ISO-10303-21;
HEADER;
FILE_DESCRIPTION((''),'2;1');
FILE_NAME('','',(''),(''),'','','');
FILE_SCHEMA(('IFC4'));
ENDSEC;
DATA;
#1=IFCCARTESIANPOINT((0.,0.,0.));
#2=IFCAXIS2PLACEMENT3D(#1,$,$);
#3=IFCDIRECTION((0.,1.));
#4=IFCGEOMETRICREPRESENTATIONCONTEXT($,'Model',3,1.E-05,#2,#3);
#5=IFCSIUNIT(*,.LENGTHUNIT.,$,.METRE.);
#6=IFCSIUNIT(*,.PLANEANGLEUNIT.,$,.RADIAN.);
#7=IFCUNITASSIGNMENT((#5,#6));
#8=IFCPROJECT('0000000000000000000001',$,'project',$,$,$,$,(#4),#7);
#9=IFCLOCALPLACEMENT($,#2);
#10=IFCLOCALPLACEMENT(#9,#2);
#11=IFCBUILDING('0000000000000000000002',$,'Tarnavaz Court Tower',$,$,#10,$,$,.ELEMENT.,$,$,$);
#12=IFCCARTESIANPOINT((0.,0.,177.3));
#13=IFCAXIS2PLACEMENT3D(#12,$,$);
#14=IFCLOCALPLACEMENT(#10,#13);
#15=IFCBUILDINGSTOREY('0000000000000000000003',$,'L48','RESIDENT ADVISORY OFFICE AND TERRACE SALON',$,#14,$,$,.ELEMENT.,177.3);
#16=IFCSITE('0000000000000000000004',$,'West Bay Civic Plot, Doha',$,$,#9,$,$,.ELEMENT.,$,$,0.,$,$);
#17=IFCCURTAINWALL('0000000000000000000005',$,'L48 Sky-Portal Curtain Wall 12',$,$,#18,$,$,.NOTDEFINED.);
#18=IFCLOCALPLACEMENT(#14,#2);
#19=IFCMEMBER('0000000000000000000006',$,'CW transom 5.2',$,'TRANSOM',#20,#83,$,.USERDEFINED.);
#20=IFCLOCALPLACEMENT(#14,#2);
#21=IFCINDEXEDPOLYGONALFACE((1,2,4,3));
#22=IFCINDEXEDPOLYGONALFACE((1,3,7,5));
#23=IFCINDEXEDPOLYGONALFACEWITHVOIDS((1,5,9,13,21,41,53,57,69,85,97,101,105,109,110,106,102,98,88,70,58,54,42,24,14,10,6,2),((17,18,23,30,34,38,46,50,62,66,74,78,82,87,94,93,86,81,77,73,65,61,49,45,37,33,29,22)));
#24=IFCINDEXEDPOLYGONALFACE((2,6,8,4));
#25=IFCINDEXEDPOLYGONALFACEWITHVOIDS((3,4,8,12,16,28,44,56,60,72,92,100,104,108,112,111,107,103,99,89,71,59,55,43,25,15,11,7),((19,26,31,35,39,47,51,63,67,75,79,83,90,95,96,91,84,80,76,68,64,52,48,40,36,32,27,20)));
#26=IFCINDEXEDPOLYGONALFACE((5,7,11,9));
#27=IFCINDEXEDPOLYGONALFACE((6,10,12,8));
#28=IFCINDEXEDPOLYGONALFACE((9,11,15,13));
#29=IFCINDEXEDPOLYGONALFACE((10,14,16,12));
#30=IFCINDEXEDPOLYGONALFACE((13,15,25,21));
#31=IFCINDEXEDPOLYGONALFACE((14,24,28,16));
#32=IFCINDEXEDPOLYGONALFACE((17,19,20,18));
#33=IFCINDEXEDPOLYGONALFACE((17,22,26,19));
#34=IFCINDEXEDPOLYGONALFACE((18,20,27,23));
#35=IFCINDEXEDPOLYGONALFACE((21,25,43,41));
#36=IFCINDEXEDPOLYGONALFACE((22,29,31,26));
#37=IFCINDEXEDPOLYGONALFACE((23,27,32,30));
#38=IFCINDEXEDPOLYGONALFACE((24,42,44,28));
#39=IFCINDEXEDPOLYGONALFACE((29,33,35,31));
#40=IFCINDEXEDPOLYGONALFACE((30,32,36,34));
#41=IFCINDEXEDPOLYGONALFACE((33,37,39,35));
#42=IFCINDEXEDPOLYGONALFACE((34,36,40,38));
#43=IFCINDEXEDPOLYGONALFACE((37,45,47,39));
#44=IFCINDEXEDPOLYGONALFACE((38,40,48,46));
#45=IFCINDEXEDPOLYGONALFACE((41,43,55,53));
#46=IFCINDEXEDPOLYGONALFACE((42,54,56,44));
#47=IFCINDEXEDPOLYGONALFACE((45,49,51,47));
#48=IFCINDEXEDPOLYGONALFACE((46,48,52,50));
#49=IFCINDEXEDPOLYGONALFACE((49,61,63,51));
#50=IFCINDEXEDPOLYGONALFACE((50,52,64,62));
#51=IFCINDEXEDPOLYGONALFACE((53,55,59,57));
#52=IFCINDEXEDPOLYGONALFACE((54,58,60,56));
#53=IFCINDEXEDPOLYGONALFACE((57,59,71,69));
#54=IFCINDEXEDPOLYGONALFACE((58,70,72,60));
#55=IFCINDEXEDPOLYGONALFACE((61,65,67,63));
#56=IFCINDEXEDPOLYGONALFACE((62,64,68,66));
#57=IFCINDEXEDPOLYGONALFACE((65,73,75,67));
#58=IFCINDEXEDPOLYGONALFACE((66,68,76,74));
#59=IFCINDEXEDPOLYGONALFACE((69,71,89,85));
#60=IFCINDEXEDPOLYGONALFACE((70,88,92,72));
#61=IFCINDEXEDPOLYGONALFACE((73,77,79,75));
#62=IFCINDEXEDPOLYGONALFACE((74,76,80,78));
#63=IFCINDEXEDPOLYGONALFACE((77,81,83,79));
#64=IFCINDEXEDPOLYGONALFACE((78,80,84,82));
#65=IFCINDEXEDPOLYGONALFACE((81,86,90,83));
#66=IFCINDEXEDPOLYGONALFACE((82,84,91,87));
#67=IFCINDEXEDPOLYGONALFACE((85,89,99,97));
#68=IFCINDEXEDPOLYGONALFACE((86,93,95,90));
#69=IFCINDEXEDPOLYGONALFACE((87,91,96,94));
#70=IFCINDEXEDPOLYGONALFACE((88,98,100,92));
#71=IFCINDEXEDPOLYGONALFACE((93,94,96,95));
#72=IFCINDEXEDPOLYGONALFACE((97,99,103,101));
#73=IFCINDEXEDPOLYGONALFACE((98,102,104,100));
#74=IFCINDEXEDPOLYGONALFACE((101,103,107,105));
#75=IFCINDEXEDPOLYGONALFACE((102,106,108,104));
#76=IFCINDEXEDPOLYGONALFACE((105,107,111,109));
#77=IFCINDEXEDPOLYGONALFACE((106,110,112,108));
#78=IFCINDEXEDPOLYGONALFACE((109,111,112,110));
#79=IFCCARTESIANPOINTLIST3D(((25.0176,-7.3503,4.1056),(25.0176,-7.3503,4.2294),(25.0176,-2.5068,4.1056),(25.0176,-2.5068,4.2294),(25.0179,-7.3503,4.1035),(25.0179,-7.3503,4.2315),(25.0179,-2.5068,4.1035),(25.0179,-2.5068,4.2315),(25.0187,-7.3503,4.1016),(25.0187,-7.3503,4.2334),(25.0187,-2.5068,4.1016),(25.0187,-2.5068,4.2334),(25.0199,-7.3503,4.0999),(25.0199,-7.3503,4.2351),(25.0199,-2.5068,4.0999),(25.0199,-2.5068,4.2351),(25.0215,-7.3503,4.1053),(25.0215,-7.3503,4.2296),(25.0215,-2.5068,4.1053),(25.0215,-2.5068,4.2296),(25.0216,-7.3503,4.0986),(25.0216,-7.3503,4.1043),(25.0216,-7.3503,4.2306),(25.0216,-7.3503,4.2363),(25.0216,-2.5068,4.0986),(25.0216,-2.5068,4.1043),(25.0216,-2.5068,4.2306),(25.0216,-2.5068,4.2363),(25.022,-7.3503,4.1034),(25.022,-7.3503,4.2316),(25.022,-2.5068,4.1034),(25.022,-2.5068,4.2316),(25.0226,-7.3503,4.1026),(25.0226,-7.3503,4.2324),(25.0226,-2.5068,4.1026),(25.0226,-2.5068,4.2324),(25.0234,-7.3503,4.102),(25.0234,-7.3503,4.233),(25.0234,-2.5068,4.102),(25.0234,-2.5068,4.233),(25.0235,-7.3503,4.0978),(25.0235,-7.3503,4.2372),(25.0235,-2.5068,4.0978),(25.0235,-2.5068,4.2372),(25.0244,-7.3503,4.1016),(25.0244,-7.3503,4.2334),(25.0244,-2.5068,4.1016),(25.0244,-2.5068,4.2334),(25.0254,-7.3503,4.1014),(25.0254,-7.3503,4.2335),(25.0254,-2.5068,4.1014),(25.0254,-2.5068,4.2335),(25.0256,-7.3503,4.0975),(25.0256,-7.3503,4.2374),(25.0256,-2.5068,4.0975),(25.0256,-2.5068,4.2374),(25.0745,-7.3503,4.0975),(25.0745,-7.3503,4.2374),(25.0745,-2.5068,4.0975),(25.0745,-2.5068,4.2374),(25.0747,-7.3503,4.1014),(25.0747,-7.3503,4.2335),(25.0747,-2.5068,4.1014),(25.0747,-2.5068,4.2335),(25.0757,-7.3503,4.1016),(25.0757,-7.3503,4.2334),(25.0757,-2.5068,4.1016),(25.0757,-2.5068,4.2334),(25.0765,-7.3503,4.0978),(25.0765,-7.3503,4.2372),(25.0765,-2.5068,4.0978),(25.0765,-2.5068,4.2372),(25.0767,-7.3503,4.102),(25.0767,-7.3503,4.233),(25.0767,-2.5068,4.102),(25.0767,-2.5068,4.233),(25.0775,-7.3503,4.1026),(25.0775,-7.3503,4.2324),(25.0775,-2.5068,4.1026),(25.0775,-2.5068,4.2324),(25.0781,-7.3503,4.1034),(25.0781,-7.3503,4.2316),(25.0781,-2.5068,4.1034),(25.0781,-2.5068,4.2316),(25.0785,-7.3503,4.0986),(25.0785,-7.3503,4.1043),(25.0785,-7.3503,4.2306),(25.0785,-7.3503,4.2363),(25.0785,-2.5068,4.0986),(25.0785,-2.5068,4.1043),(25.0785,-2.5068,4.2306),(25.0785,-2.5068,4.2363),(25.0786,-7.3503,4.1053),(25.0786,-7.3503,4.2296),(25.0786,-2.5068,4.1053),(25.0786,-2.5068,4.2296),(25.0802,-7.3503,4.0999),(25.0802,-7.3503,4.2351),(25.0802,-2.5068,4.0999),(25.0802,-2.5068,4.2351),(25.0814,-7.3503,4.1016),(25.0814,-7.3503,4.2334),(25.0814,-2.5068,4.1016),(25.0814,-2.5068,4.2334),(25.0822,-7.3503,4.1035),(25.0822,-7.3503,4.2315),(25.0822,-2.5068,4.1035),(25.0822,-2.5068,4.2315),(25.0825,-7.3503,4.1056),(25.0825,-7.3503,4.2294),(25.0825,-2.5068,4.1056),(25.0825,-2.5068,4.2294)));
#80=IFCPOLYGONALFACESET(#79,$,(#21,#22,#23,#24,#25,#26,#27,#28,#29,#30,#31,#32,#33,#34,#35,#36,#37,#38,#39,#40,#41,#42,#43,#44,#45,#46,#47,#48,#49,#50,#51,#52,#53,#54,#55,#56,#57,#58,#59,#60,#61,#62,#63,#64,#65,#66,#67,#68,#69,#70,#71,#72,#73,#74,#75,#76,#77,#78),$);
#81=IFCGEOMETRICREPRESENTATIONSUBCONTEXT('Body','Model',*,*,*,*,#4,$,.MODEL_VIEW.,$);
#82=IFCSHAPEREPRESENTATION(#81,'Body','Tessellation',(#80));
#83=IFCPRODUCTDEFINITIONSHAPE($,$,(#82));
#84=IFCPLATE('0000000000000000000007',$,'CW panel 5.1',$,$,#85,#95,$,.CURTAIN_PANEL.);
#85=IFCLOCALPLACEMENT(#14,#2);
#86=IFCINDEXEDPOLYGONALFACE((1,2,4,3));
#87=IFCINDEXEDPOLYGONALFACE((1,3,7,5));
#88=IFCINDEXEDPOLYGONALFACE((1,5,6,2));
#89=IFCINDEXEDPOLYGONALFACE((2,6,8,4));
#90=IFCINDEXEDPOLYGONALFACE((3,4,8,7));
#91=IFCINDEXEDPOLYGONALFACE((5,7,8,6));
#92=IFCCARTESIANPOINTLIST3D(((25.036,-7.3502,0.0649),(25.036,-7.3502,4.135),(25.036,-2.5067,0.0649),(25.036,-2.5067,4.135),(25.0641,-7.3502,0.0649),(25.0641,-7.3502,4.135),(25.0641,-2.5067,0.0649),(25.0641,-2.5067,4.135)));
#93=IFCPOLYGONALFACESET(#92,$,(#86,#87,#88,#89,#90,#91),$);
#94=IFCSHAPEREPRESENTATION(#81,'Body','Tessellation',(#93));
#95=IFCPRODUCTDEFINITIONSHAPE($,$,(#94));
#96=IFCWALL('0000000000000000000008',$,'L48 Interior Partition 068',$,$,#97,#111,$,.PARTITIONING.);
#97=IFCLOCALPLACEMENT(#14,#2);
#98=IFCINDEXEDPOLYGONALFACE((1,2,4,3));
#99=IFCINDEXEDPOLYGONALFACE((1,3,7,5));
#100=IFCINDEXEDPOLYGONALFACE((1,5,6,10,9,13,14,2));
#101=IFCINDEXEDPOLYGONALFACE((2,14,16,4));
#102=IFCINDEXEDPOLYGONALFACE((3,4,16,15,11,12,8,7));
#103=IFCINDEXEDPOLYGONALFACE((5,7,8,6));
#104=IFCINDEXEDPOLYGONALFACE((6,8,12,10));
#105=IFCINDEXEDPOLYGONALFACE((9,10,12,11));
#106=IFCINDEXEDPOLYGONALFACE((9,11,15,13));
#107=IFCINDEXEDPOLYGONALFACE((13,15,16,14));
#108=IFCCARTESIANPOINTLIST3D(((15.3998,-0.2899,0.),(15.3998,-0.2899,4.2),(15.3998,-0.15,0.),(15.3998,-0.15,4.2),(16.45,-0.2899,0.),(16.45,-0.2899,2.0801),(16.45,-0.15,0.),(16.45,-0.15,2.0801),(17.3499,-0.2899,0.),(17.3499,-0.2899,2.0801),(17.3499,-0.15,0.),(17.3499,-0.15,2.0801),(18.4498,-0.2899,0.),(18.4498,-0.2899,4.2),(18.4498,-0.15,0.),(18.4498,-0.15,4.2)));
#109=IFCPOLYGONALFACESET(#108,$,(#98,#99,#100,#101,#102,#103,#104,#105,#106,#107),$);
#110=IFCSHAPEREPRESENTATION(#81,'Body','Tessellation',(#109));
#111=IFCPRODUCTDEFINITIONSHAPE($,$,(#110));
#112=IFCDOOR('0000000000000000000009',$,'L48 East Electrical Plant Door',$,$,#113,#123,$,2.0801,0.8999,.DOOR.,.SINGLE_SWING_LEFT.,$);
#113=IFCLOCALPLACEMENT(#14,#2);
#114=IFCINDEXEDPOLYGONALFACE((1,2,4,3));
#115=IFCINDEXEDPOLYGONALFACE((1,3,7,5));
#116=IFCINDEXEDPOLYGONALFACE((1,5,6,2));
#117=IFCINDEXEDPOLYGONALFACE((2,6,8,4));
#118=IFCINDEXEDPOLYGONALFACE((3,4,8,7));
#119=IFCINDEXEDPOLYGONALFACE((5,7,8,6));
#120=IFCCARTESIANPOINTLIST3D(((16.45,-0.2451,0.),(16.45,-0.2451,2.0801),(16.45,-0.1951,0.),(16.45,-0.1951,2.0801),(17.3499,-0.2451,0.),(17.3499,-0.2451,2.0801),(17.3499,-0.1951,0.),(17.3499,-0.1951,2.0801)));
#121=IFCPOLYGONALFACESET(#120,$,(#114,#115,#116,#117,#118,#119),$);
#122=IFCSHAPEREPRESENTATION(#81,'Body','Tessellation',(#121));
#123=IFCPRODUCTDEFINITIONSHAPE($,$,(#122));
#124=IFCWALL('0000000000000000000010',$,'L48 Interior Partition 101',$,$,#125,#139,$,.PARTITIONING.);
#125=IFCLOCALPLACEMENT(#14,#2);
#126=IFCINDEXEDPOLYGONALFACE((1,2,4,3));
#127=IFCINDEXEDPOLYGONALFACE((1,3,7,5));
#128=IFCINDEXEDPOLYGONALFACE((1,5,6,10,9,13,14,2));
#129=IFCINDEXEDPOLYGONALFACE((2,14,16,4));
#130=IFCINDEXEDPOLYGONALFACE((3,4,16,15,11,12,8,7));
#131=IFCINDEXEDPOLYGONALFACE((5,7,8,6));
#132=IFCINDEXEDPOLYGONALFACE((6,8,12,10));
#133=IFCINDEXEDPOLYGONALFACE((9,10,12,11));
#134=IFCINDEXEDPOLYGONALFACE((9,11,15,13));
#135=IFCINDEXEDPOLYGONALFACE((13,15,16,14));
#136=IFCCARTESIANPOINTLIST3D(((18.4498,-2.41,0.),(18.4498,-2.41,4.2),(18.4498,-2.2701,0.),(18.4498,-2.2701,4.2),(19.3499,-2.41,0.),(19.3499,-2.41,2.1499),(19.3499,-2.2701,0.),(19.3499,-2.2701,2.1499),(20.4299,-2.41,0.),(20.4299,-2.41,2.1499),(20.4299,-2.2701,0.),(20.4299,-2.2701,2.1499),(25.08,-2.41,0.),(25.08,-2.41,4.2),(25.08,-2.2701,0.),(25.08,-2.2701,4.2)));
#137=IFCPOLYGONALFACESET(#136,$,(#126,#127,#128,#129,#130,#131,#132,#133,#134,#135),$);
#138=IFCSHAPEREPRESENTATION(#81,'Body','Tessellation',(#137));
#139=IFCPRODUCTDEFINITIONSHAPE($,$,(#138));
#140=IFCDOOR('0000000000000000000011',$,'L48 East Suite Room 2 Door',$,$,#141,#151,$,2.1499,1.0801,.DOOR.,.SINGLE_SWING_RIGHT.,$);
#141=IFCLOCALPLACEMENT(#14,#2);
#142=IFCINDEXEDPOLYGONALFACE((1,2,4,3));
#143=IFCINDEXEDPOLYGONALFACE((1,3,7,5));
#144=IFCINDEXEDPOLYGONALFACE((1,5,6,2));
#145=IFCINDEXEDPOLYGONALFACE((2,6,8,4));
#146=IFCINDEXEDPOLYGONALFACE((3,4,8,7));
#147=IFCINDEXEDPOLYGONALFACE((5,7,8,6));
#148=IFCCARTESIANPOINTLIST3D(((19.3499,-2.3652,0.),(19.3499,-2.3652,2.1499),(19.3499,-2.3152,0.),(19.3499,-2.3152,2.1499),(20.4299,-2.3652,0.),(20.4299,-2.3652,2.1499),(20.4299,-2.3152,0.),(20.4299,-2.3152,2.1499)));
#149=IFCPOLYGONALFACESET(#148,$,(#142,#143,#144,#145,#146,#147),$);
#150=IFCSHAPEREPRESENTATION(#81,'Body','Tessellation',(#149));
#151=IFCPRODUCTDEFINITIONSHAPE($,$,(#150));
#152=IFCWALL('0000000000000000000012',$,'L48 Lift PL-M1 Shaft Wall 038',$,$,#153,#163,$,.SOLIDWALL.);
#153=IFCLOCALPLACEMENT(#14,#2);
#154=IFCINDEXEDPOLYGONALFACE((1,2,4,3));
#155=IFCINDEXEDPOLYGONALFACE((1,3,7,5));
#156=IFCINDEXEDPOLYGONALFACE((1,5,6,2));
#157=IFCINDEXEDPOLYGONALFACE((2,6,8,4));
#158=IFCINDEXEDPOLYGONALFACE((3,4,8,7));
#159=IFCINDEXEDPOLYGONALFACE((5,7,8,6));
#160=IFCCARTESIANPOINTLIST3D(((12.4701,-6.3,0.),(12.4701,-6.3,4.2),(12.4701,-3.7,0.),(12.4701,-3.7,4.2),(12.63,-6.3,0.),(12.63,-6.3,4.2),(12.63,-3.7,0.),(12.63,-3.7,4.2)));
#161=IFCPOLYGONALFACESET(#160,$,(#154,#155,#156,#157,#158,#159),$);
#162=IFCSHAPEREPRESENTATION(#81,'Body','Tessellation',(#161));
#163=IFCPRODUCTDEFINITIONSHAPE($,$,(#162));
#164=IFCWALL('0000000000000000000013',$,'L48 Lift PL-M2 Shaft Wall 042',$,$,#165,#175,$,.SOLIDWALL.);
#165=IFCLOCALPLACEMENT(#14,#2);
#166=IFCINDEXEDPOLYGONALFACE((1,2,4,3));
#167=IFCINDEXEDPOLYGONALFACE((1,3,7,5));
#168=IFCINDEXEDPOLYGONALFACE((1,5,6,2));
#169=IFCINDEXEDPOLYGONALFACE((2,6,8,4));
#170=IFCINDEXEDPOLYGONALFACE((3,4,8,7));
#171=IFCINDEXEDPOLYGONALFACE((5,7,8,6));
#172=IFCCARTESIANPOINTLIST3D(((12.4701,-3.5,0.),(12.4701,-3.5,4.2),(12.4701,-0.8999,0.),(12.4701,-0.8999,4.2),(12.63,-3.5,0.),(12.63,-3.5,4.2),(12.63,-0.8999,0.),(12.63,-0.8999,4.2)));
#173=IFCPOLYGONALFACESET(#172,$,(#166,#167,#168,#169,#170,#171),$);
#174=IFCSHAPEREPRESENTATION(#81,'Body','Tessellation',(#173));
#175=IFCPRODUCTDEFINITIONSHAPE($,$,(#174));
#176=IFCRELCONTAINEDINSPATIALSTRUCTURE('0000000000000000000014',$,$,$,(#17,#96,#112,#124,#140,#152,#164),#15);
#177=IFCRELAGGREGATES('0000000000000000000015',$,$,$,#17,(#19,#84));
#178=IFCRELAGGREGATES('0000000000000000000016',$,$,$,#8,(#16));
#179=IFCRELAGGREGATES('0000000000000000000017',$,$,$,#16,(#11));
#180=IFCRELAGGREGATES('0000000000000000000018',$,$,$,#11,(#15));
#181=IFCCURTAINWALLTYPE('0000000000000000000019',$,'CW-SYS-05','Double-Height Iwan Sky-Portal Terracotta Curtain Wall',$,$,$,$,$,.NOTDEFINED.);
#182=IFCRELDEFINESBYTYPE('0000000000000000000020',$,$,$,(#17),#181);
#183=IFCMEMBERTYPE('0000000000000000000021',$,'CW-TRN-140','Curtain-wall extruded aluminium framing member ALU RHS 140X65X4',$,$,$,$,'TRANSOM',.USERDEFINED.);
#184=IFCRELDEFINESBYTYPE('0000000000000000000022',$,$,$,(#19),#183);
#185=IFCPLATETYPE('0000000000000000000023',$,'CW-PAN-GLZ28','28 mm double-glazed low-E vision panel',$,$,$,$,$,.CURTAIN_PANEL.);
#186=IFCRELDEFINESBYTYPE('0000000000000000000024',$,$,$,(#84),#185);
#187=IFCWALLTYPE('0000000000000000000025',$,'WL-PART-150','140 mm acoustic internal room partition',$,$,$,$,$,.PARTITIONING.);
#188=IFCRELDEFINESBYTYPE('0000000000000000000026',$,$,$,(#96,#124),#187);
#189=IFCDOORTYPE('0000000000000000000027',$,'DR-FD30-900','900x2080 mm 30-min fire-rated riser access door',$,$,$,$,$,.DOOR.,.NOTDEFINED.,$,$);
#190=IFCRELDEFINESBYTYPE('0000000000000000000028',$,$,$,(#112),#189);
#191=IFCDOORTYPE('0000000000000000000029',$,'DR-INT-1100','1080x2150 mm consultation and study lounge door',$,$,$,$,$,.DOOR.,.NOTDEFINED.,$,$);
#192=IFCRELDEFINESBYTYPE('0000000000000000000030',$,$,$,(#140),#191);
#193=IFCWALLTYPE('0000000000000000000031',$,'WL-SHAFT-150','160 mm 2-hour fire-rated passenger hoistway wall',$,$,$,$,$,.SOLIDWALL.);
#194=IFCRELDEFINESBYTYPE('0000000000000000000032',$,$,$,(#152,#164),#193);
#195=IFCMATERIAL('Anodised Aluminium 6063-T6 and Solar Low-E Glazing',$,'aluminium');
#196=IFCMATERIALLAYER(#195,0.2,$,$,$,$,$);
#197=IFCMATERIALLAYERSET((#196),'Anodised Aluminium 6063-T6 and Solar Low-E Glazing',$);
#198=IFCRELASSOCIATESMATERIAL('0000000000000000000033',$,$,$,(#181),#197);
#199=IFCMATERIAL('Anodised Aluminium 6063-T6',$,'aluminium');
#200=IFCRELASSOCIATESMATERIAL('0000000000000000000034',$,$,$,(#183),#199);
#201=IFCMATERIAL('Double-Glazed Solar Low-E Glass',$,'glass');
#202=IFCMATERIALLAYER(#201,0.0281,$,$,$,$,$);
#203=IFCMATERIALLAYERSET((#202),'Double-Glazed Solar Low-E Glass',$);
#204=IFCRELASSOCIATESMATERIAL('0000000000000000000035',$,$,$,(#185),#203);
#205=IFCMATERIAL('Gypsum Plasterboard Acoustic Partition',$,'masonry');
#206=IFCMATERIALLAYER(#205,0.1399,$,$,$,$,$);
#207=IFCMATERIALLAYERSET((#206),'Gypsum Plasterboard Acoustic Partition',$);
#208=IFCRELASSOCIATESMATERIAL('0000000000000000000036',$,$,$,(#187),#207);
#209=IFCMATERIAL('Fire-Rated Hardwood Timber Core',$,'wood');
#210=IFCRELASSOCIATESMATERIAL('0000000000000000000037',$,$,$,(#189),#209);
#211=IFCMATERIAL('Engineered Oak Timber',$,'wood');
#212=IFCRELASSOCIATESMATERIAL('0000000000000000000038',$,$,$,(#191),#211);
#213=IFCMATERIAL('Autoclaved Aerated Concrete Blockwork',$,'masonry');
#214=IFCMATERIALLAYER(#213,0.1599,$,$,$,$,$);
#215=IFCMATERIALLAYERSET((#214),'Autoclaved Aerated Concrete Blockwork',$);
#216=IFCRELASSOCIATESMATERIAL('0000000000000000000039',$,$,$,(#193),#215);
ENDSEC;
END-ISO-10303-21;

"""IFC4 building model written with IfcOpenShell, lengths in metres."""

from ifc_helpers import new_model, si_unit, direction, frame, frame_2d, origin, origin_2d, place, context, subcontext, project, spatial, rectangle, hollow_rectangle, extrude, material, layer, layer_set, material_profile, profile_set, type_object, element, fill, aggregate, save


model = new_model("IFC4")

# Units and contexts
model_context = context("Model", 3, precision=1e-05, world=origin(), true_north=direction((0.0, 1.0)))
body_context = subcontext(model_context, "Body", "Model", "MODEL_VIEW")
ifc_project = project(units=[si_unit("LENGTHUNIT", "METRE"), si_unit("PLANEANGLEUNIT", "RADIAN")], contexts=[model_context])

# Site, building, storey
site_placement = place(None, origin())
site = spatial("IfcSite", under=ifc_project, at=site_placement, Name="West Bay Civic Plot, Doha", CompositionType="ELEMENT", RefElevation=0.0)
building_placement = place(site_placement, origin())
building = spatial("IfcBuilding", under=site, at=building_placement, Name="Tarnavaz Court Tower", CompositionType="ELEMENT")
storey_placement = place(building_placement, frame((0.0, 0.0, 177.3)))
storey = spatial("IfcBuildingStorey", under=building, at=storey_placement, Name="L48", Description="RESIDENT ADVISORY OFFICE AND TERRACE SALON", CompositionType="ELEMENT", Elevation=177.3)

# Curtain wall, member, plate
ifc_material_1 = material(Name="Anodised Aluminium 6063-T6 and Solar Low-E Glazing", Category="aluminium")
ifc_layer_1 = layer(ifc_material_1, 0.2)
ifc_layer_set_1 = layer_set([ifc_layer_1], Name="Anodised Aluminium 6063-T6 and Solar Low-E Glazing")
curtain_wall_type = type_object("IfcCurtainWallType", Name="CW-SYS-05", Description="Double-Height Iwan Sky-Portal Terracotta Curtain Wall", PredefinedType="NOTDEFINED", material=ifc_layer_set_1)
curtain_wall_placement = place(storey_placement, origin())
curtain_wall = element("IfcCurtainWall", 1, at=curtain_wall_placement, inside=storey, type_object=curtain_wall_type, Name="L48 Sky-Portal Curtain Wall 12", PredefinedType="NOTDEFINED")
ifc_material_2 = material(Name="Anodised Aluminium 6063-T6", Category="aluminium")
ifc_material_profile_1 = material_profile(ifc_material_2, hollow_rectangle(XDim=0.0649, YDim=0.1399, WallThickness=0.0039, InnerFilletRadius=0.0039, OuterFilletRadius=0.0081, at=origin_2d()), Name="ALU RHS 140X65X4")
ifc_profile_set_1 = profile_set([ifc_material_profile_1], Name="Anodised Aluminium 6063-T6")
member_type_1 = type_object("IfcMemberType", Name="CW-TRN-140", Description="Curtain-wall extruded aluminium framing member ALU RHS 140X65X4", ElementType="TRANSOM", PredefinedType="USERDEFINED", material=ifc_profile_set_1)
member_1_placement = place(storey_placement, frame((25.05, -2.5068, 4.1675), z_axis=(0.0, -1.0, 0.0), x_axis=(1.0, 0.0, 0.0)))
member_1 = element("IfcMember", 2, at=member_1_placement, type_object=member_type_1, Name="CW transom 5.2", ObjectType="TRANSOM", PredefinedType="USERDEFINED", context=body_context, shape_type="SweptSolid", body=[
    extrude(hollow_rectangle(XDim=0.0649, YDim=0.1399, WallThickness=0.0039, InnerFilletRadius=0.0039, OuterFilletRadius=0.0081, at=origin_2d()), origin(), (0.0, 0.0, 1.0), 4.8435),
])
ifc_material_3 = material(Name="Double-Glazed Solar Low-E Glass", Category="glass")
ifc_layer_2 = layer(ifc_material_3, 0.0281)
ifc_layer_set_2 = layer_set([ifc_layer_2], Name="Double-Glazed Solar Low-E Glass")
plate_type = type_object("IfcPlateType", Name="CW-PAN-GLZ28", Description="28 mm double-glazed low-E vision panel", PredefinedType="CURTAIN_PANEL", material=ifc_layer_set_2)
plate_placement = place(storey_placement, frame((25.05, -4.9285, 0.0649), z_axis=(0.0, 0.0, 1.0), x_axis=(0.0, -1.0, 0.0)))
plate = element("IfcPlate", 3, at=plate_placement, type_object=plate_type, Name="CW panel 5.1", PredefinedType="CURTAIN_PANEL", context=body_context, shape_type="SweptSolid", body=[
    extrude(rectangle(XDim=4.8435, YDim=0.0281, at=origin_2d()), origin(), (0.0, 0.0, 1.0), 4.0701),
])
aggregate(curtain_wall, [member_1, plate])

# Walls, openings, doors
ifc_material_4 = material(Name="Gypsum Plasterboard Acoustic Partition", Category="masonry")
ifc_layer_3 = layer(ifc_material_4, 0.1399)
ifc_layer_set_3 = layer_set([ifc_layer_3], Name="Gypsum Plasterboard Acoustic Partition")
wall_type_1 = type_object("IfcWallType", Name="WL-PART-150", Description="140 mm acoustic internal room partition", PredefinedType="PARTITIONING", material=ifc_layer_set_3)
wall_1_placement = place(storey_placement, frame((15.3999, -0.22, 0.0), z_axis=(0.0, 0.0, 1.0), x_axis=(1.0, 0.0, 0.0)))
wall_1 = element("IfcWall", 4, at=wall_1_placement, inside=storey, type_object=wall_type_1, Name="L48 Interior Partition 068", PredefinedType="PARTITIONING", context=body_context, shape_type="SweptSolid", body=[
    extrude(rectangle(XDim=3.05, YDim=0.1399, at=frame_2d((1.5249, 0.0))), origin(), (0.0, 0.0, 1.0), 4.2),
])
opening_1_placement = place(wall_1_placement, frame((1.05, 0.0, 0.0)))
opening_1 = element("IfcOpeningElement", 5, at=opening_1_placement, cuts=wall_1, PredefinedType="OPENING", context=body_context, shape_type="SweptSolid", body=[
    extrude(rectangle(XDim=0.8999, YDim=2.0801, at=frame_2d((0.45, 1.04))), frame((0.0, 0.0798, 0.0), z_axis=(0.0, -1.0, 0.0), x_axis=(1.0, 0.0, 0.0)), (0.0, 0.0, 1.0), 0.1599),
])
ifc_material_5 = material(Name="Fire-Rated Hardwood Timber Core", Category="wood")
door_type_1 = type_object("IfcDoorType", Name="DR-FD30-900", Description="900x2080 mm 30-min fire-rated riser access door", OperationType="NOTDEFINED", PredefinedType="DOOR", material=ifc_material_5)
door_1_placement = place(opening_1_placement, origin())
door_1 = element("IfcDoor", 6, at=door_1_placement, inside=storey, type_object=door_type_1, Name="L48 East Electrical Plant Door", OperationType="SINGLE_SWING_LEFT", OverallHeight=2.0801, OverallWidth=0.8999, PredefinedType="DOOR", context=body_context, shape_type="SweptSolid", body=[
    extrude(rectangle(XDim=0.8999, YDim=2.0801, at=frame_2d((0.45, 1.04))), frame((0.0, 0.0249, 0.0), z_axis=(0.0, -1.0, 0.0), x_axis=(1.0, 0.0, 0.0)), (0.0, 0.0, 1.0), 0.05),
])
fill(opening_1, door_1)
wall_2_placement = place(storey_placement, frame((18.45, -2.3401, 0.0), z_axis=(0.0, 0.0, 1.0), x_axis=(1.0, 0.0, 0.0)))
wall_2 = element("IfcWall", 7, at=wall_2_placement, inside=storey, type_object=wall_type_1, Name="L48 Interior Partition 101", PredefinedType="PARTITIONING", context=body_context, shape_type="SweptSolid", body=[
    extrude(rectangle(XDim=6.6301, YDim=0.1399, at=frame_2d((3.3149, 0.0))), origin(), (0.0, 0.0, 1.0), 4.2),
])
opening_2_placement = place(wall_2_placement, frame((0.8999, 0.0, 0.0)))
opening_2 = element("IfcOpeningElement", 8, at=opening_2_placement, cuts=wall_2, PredefinedType="OPENING", context=body_context, shape_type="SweptSolid", body=[
    extrude(rectangle(XDim=1.0801, YDim=2.1499, at=frame_2d((0.54, 1.075))), frame((0.0, 0.0798, 0.0), z_axis=(0.0, -1.0, 0.0), x_axis=(1.0, 0.0, 0.0)), (0.0, 0.0, 1.0), 0.1599),
])
ifc_material_6 = material(Name="Engineered Oak Timber", Category="wood")
door_type_2 = type_object("IfcDoorType", Name="DR-INT-1100", Description="1080x2150 mm consultation and study lounge door", OperationType="NOTDEFINED", PredefinedType="DOOR", material=ifc_material_6)
door_2_placement = place(opening_2_placement, origin())
door_2 = element("IfcDoor", 9, at=door_2_placement, inside=storey, type_object=door_type_2, Name="L48 East Suite Room 2 Door", OperationType="SINGLE_SWING_RIGHT", OverallHeight=2.1499, OverallWidth=1.0801, PredefinedType="DOOR", context=body_context, shape_type="SweptSolid", body=[
    extrude(rectangle(XDim=1.0801, YDim=2.1499, at=frame_2d((0.54, 1.075))), frame((0.0, 0.0249, 0.0), z_axis=(0.0, -1.0, 0.0), x_axis=(1.0, 0.0, 0.0)), (0.0, 0.0, 1.0), 0.05),
])
fill(opening_2, door_2)

# Walls
ifc_material_7 = material(Name="Autoclaved Aerated Concrete Blockwork", Category="masonry")
ifc_layer_4 = layer(ifc_material_7, 0.1599)
ifc_layer_set_4 = layer_set([ifc_layer_4], Name="Autoclaved Aerated Concrete Blockwork")
wall_type_2 = type_object("IfcWallType", Name="WL-SHAFT-150", Description="160 mm 2-hour fire-rated passenger hoistway wall", PredefinedType="SOLIDWALL", material=ifc_layer_set_4)
for number, where, z_axis, x_axis, name in (
    (10, (12.55, -6.3, 0.0), (0.0, 0.0, 1.0), (0.0, 1.0, 0.0), "L48 Lift PL-M1 Shaft Wall 038"),
    (11, (12.55, -3.5, 0.0), (0.0, 0.0, 1.0), (0.0, 1.0, 0.0), "L48 Lift PL-M2 Shaft Wall 042"),
):
    element("IfcWall", number, at=place(storey_placement, frame(where, z_axis=z_axis, x_axis=x_axis)), inside=storey, type_object=wall_type_2, Name=name, PredefinedType="SOLIDWALL", context=body_context, shape_type="SweptSolid", body=[
        extrude(rectangle(XDim=2.6001, YDim=0.1599, at=frame_2d((1.3, 0.0))), origin(), (0.0, 0.0, 1.0), 4.2),
    ])

save(model, "model.ifc")
